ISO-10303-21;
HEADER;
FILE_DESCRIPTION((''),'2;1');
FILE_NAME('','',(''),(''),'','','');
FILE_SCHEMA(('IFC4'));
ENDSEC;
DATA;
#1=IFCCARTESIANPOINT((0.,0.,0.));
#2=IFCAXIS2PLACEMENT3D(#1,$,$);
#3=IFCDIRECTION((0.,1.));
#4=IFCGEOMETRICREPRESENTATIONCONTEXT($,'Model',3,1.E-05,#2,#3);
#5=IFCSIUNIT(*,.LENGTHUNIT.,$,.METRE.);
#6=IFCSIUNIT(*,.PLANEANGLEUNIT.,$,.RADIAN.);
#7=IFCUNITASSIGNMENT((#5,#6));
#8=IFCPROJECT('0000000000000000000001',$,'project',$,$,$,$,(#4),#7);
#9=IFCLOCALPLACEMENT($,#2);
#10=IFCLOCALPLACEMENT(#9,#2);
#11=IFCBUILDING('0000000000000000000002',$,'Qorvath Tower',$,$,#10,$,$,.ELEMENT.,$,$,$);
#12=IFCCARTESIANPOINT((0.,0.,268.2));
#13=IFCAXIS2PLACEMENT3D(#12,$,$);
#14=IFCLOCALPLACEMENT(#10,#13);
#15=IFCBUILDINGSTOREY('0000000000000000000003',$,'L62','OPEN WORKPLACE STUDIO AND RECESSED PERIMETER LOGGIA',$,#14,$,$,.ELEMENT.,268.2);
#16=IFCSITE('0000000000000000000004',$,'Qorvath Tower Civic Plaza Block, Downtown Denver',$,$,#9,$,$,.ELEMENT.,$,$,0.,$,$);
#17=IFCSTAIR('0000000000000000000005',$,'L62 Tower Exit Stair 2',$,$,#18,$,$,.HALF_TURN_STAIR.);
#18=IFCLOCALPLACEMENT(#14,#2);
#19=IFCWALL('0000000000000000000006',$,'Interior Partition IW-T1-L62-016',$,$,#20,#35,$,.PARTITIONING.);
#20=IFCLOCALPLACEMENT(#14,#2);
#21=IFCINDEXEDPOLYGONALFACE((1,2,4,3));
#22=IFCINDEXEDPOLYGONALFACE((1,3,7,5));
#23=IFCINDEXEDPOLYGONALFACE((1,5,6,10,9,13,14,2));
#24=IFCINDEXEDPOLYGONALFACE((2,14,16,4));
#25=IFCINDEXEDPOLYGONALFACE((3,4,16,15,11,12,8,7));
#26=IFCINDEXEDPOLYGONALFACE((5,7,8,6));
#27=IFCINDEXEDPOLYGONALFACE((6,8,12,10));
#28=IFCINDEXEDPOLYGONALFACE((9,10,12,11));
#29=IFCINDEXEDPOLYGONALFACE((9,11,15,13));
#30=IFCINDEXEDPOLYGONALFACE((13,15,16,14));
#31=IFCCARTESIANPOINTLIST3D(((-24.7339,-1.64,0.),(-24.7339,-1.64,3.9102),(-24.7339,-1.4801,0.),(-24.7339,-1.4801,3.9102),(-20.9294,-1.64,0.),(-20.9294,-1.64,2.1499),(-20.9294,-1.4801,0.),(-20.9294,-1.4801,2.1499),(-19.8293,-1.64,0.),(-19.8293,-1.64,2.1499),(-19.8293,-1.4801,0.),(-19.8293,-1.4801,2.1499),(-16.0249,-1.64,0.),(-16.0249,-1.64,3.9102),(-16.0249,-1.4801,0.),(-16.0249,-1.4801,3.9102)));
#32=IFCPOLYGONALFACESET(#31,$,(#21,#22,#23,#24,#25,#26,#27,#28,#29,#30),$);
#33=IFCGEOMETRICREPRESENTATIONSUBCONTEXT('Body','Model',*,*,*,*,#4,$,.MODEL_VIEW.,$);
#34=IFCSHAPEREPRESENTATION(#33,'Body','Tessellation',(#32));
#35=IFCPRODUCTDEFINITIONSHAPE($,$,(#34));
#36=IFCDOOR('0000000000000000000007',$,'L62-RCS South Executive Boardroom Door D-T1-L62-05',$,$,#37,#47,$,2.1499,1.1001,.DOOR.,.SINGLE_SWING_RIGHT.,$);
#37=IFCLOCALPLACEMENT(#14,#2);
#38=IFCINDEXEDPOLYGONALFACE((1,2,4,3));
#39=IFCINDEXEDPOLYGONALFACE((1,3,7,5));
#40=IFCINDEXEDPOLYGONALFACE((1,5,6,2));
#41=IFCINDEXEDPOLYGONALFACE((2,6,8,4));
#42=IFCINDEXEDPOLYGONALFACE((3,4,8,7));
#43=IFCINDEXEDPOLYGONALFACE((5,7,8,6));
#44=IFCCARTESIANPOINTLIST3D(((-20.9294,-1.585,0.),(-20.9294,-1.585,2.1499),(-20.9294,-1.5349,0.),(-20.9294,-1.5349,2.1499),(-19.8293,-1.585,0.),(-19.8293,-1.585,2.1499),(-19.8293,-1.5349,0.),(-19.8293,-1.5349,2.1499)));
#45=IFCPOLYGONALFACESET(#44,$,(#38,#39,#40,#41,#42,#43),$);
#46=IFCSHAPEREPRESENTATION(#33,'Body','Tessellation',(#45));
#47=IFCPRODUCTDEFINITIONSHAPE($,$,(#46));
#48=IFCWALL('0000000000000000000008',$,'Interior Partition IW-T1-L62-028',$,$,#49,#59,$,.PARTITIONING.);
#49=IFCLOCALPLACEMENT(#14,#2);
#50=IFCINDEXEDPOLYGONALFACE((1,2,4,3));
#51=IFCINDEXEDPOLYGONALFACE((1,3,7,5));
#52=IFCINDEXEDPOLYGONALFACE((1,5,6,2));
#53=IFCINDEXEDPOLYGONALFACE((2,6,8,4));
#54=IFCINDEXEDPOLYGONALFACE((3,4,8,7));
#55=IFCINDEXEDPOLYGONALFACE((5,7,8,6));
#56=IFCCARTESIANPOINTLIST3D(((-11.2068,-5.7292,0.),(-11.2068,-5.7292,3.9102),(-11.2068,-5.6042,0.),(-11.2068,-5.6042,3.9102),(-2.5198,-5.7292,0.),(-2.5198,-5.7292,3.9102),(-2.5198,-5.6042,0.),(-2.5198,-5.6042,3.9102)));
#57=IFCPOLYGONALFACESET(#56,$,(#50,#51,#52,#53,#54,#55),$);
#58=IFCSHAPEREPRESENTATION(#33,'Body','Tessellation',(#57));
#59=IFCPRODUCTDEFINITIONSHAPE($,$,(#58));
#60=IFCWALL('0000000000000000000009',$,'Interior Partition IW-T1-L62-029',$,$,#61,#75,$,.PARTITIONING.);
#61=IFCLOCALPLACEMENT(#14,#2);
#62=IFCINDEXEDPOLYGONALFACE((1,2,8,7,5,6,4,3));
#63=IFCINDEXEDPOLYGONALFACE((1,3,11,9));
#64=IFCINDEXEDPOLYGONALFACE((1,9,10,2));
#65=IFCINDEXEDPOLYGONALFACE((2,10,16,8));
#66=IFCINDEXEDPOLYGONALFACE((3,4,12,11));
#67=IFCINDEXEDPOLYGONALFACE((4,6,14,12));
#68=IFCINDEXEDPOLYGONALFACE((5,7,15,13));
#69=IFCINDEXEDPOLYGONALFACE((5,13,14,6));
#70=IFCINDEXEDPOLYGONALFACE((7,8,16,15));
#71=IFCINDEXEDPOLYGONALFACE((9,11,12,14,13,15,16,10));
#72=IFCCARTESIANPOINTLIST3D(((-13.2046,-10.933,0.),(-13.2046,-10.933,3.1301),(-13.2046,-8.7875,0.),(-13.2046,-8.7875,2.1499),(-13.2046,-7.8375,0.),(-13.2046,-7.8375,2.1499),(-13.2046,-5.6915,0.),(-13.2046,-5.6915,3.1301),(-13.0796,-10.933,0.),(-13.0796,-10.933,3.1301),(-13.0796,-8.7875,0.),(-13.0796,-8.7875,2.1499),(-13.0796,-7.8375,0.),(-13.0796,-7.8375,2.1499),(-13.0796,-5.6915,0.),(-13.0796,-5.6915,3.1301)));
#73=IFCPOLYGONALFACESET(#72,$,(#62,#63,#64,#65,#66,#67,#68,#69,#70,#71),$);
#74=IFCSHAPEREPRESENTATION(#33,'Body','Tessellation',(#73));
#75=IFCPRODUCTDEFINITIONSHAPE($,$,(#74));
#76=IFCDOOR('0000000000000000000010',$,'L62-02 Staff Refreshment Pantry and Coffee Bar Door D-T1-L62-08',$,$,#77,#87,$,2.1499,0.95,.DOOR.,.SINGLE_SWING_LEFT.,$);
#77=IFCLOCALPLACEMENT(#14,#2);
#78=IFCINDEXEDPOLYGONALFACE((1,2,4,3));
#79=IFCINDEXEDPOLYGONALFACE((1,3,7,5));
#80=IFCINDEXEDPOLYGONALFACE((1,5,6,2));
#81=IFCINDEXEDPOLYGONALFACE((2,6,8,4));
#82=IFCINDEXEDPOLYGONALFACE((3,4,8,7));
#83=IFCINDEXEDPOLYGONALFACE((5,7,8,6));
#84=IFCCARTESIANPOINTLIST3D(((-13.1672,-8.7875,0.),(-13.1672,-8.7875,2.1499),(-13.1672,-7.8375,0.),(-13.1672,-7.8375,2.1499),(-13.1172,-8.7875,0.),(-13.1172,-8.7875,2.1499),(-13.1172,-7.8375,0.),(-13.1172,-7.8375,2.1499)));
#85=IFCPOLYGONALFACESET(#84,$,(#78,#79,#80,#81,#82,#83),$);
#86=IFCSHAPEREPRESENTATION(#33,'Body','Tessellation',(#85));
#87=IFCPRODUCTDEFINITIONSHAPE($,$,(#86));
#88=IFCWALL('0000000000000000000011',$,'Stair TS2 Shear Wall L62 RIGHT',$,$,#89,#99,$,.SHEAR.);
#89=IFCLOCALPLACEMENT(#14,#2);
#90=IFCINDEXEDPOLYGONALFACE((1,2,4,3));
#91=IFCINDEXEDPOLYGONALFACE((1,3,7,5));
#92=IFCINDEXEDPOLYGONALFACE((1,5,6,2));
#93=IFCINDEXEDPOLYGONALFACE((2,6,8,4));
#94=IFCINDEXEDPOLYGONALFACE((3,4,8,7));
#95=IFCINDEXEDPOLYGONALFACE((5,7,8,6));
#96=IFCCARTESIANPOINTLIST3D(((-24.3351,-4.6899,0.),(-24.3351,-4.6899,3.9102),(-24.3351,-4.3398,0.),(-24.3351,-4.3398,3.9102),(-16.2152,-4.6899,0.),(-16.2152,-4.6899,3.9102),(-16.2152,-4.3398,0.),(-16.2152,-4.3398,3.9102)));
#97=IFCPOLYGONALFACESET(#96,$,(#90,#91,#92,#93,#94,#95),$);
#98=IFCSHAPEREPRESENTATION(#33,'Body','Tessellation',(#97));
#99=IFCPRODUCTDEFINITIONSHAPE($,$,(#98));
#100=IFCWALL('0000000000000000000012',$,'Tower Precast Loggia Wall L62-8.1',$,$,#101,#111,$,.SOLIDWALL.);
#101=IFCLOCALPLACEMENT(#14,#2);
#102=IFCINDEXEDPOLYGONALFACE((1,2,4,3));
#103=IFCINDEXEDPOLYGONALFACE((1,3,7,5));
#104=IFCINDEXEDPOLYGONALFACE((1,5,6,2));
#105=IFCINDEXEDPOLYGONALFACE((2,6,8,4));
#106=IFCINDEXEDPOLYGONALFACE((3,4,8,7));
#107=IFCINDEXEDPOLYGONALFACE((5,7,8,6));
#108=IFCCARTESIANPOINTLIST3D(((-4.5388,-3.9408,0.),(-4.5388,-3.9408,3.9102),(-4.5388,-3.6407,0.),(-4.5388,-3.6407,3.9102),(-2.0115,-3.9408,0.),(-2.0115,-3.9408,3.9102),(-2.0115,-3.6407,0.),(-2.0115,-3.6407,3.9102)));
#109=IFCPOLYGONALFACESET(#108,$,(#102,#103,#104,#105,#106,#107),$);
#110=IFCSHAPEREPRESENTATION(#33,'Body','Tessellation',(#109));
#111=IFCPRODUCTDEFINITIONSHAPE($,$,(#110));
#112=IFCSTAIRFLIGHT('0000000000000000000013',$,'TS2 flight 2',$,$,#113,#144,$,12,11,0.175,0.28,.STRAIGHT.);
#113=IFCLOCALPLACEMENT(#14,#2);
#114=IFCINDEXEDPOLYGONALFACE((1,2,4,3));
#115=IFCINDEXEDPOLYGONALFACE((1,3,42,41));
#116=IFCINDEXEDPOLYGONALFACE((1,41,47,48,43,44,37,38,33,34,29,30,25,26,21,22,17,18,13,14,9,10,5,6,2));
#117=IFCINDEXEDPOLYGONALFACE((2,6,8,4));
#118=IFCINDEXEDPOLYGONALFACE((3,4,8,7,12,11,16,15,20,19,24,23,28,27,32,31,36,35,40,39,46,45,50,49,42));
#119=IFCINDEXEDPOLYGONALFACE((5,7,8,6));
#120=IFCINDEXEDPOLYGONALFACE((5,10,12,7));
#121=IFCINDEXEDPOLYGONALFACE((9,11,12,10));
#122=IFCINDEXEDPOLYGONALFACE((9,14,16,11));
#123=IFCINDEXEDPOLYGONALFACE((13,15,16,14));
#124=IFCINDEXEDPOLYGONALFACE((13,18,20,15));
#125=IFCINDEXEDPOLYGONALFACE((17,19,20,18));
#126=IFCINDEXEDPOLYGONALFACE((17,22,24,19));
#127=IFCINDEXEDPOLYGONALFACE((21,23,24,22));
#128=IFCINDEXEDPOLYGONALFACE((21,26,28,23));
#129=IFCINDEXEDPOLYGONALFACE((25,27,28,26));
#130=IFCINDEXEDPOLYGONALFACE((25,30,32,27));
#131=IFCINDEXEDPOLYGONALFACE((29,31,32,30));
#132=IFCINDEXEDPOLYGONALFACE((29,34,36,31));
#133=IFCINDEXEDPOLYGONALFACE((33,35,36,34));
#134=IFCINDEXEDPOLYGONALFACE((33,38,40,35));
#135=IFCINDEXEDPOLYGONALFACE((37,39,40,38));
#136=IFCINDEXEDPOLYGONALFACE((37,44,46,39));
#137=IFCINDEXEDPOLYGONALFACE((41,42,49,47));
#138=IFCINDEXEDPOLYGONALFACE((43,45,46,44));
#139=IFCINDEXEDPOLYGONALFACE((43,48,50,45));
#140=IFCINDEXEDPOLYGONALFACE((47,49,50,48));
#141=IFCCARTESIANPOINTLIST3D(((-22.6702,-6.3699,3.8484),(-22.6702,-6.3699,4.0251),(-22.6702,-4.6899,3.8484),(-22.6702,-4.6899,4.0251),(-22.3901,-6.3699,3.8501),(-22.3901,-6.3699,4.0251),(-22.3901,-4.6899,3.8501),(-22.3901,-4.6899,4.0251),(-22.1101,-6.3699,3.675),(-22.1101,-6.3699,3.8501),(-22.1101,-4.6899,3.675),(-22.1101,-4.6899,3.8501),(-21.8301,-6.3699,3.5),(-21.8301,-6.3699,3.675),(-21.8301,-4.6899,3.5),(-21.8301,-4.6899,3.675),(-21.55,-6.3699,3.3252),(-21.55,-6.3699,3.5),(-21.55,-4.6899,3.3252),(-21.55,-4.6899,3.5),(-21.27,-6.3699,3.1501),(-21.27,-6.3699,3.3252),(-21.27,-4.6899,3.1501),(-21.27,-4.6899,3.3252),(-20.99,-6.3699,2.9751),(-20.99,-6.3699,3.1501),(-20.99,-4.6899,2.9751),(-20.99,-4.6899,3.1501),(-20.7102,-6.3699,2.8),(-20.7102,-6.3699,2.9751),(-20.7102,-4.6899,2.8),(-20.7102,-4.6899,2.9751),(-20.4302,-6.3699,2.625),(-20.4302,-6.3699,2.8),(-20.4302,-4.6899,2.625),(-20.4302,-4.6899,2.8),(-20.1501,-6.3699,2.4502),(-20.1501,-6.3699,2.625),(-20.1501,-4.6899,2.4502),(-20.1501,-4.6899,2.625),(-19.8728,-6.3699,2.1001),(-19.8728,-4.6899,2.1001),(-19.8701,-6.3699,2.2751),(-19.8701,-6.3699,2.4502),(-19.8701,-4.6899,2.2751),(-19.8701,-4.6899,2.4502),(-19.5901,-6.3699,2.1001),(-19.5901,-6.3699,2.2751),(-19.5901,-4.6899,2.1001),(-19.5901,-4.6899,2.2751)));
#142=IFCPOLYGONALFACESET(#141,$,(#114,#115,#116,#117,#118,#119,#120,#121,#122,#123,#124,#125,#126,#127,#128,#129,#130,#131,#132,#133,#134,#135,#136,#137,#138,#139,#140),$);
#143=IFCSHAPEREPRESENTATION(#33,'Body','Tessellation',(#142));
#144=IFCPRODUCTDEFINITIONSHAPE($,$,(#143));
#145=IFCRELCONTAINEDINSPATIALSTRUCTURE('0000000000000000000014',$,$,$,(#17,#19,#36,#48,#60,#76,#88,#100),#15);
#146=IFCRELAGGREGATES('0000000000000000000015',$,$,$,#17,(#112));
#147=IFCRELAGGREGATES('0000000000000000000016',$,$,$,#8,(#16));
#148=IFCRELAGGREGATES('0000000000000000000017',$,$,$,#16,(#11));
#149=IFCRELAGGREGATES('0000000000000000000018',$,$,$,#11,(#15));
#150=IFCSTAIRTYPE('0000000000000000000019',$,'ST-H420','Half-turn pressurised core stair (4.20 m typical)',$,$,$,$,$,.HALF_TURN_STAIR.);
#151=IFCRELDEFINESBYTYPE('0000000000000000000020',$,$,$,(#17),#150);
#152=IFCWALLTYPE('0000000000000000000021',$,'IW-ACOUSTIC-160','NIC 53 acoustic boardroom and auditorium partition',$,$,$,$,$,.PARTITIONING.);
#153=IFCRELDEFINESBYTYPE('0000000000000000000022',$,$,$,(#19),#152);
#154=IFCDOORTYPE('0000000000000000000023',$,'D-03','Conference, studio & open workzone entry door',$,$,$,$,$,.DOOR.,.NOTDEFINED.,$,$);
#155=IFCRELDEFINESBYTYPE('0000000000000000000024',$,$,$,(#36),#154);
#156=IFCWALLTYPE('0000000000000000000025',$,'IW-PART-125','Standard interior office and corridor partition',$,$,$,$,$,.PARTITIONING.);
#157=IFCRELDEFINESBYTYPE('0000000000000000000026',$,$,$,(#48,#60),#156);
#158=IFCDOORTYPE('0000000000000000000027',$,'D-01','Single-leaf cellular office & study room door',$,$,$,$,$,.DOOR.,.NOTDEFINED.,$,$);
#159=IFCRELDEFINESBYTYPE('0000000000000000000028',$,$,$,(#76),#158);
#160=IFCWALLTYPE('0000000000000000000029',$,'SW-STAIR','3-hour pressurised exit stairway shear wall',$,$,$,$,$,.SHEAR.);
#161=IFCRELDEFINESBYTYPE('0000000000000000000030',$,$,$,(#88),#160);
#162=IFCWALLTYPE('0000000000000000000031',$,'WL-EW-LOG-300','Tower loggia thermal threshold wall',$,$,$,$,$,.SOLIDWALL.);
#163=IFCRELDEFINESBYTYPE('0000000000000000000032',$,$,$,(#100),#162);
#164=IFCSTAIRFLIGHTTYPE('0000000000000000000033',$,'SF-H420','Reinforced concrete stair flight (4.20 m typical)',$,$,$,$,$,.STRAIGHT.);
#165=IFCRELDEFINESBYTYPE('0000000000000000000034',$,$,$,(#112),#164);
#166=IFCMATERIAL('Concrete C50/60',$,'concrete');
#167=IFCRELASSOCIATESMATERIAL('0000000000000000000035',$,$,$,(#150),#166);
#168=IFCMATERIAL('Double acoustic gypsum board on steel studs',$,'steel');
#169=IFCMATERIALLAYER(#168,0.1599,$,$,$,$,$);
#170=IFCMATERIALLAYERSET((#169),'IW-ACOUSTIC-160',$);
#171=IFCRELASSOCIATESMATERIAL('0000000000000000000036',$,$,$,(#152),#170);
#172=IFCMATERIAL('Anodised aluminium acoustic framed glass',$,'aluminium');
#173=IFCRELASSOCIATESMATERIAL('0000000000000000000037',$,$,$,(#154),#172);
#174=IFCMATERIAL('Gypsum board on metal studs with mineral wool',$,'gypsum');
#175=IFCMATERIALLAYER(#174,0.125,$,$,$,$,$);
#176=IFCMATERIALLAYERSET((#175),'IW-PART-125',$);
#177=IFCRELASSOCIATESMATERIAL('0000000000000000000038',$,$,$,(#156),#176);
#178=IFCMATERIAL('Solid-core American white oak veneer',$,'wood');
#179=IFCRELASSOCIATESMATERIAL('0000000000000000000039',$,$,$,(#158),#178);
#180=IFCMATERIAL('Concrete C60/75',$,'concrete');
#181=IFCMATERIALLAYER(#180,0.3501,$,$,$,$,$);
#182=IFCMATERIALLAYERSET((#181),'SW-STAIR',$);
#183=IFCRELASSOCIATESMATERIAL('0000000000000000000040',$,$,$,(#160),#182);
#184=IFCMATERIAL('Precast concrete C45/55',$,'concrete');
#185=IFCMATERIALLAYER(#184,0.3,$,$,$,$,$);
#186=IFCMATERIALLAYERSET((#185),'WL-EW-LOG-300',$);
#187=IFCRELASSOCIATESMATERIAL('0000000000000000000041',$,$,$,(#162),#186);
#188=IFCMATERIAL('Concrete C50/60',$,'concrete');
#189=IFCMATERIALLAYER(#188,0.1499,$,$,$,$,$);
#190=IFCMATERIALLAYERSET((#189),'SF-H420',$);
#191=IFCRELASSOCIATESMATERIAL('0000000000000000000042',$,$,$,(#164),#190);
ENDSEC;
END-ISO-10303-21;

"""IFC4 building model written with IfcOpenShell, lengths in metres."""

from ifc_helpers import new_model, si_unit, direction, frame, frame_2d, origin, place, context, subcontext, project, spatial, polyline, rectangle, outline, extrude, material, layer, layer_set, type_object, element, fill, aggregate, save


model = new_model("IFC4")

# Units and contexts
model_context = context("Model", 3, precision=1e-05, world=origin(), true_north=direction((0.0, 1.0)))
body_context = subcontext(model_context, "Body", "Model", "MODEL_VIEW")
ifc_project = project(units=[si_unit("LENGTHUNIT", "METRE"), si_unit("PLANEANGLEUNIT", "RADIAN")], contexts=[model_context])

# Site, building, storey
site_placement = place(None, origin())
site = spatial("IfcSite", under=ifc_project, at=site_placement, Name="Qorvath Tower Civic Plaza Block, Downtown Denver", CompositionType="ELEMENT", RefElevation=0.0)
building_placement = place(site_placement, origin())
building = spatial("IfcBuilding", under=site, at=building_placement, Name="Qorvath Tower", CompositionType="ELEMENT")
storey_placement = place(building_placement, frame((0.0, 0.0, 268.2)))
storey = spatial("IfcBuildingStorey", under=building, at=storey_placement, Name="L62", Description="OPEN WORKPLACE STUDIO AND RECESSED PERIMETER LOGGIA", CompositionType="ELEMENT", Elevation=268.2)

# Stair
ifc_material_1 = material(Name="Concrete C50/60", Category="concrete")
stair_type = type_object("IfcStairType", Name="ST-H420", Description="Half-turn pressurised core stair (4.20 m typical)", PredefinedType="HALF_TURN_STAIR", material=ifc_material_1)
stair_1_placement = place(storey_placement, origin())
stair_1 = element("IfcStair", 1, at=stair_1_placement, inside=storey, type_object=stair_type, Name="L62 Tower Exit Stair 2", PredefinedType="HALF_TURN_STAIR")

# Shared definitions
ifc_material_2 = material(Name="Double acoustic gypsum board on steel studs", Category="steel")
ifc_layer_1 = layer(ifc_material_2, 0.1599)
ifc_layer_set_1 = layer_set([ifc_layer_1], Name="IW-ACOUSTIC-160")
wall_type_1 = type_object("IfcWallType", Name="IW-ACOUSTIC-160", Description="NIC 53 acoustic boardroom and auditorium partition", PredefinedType="PARTITIONING", material=ifc_layer_set_1)

# Wall, opening, door
wall_1_placement = place(storey_placement, frame((-16.0249, -1.5601, 0.0), z_axis=(0.0, 0.0, 1.0), x_axis=(-1.0, 0.0, 0.0)))
wall_1 = element("IfcWall", 2, at=wall_1_placement, inside=storey, type_object=wall_type_1, Name="Interior Partition IW-T1-L62-016", PredefinedType="PARTITIONING", context=body_context, shape_type="SweptSolid", body=[
    extrude(rectangle(XDim=8.709, YDim=0.1599, at=frame_2d((4.3545, 0.0))), origin(), (0.0, 0.0, 1.0), 3.9102),
])
opening_1_placement = place(wall_1_placement, frame((3.8044, 0.0, 0.0)))
opening_1 = element("IfcOpeningElement", 3, at=opening_1_placement, cuts=wall_1, PredefinedType="OPENING", context=body_context, shape_type="SweptSolid", body=[
    extrude(rectangle(XDim=1.1001, YDim=2.1499, at=frame_2d((0.55, 1.075))), frame((0.0, 0.0898, 0.0), z_axis=(0.0, -1.0, 0.0), x_axis=(1.0, 0.0, 0.0)), (0.0, 0.0, 1.0), 0.1799),
])
ifc_material_3 = material(Name="Anodised aluminium acoustic framed glass", Category="aluminium")
door_type_1 = type_object("IfcDoorType", Name="D-03", Description="Conference, studio & open workzone entry door", OperationType="NOTDEFINED", PredefinedType="DOOR", material=ifc_material_3)
door_1_placement = place(opening_1_placement, origin())
door_1 = element("IfcDoor", 4, at=door_1_placement, inside=storey, type_object=door_type_1, Name="L62-RCS South Executive Boardroom Door D-T1-L62-05", OperationType="SINGLE_SWING_RIGHT", OverallHeight=2.1499, OverallWidth=1.1001, PredefinedType="DOOR", context=body_context, shape_type="SweptSolid", body=[
    extrude(rectangle(XDim=1.1001, YDim=2.1499, at=frame_2d((0.55, 1.075))), frame((0.0, 0.0249, 0.0), z_axis=(0.0, -1.0, 0.0), x_axis=(1.0, 0.0, 0.0)), (0.0, 0.0, 1.0), 0.05),
])
fill(opening_1, door_1)

# Wall
ifc_material_4 = material(Name="Gypsum board on metal studs with mineral wool", Category="gypsum")
ifc_layer_2 = layer(ifc_material_4, 0.125)
ifc_layer_set_2 = layer_set([ifc_layer_2], Name="IW-PART-125")
wall_type_2 = type_object("IfcWallType", Name="IW-PART-125", Description="Standard interior office and corridor partition", PredefinedType="PARTITIONING", material=ifc_layer_set_2)
wall_2_placement = place(storey_placement, frame((-2.5198, -5.6667, 0.0), z_axis=(0.0, 0.0, 1.0), x_axis=(-1.0, 0.0, 0.0)))
element("IfcWall", 5, at=wall_2_placement, inside=storey, type_object=wall_type_2, Name="Interior Partition IW-T1-L62-028", PredefinedType="PARTITIONING", context=body_context, shape_type="SweptSolid", body=[
    extrude(rectangle(XDim=8.687, YDim=0.125, at=frame_2d((4.3435, 0.0))), origin(), (0.0, 0.0, 1.0), 3.9102),
])

# Wall, opening, door
wall_3_placement = place(storey_placement, frame((-13.1421, -5.6917, 0.0), z_axis=(0.0, 0.0, 1.0), x_axis=(0.0, -1.0, 0.0)))
wall_3 = element("IfcWall", 6, at=wall_3_placement, inside=storey, type_object=wall_type_2, Name="Interior Partition IW-T1-L62-029", PredefinedType="PARTITIONING", context=body_context, shape_type="SweptSolid", body=[
    extrude(rectangle(XDim=5.2415, YDim=0.125, at=frame_2d((2.6206, 0.0))), origin(), (0.0, 0.0, 1.0), 3.1301),
])
opening_2_placement = place(wall_3_placement, frame((2.1458, 0.0, 0.0)))
opening_2 = element("IfcOpeningElement", 7, at=opening_2_placement, cuts=wall_3, PredefinedType="OPENING", context=body_context, shape_type="SweptSolid", body=[
    extrude(rectangle(XDim=0.95, YDim=2.1499, at=frame_2d((0.4751, 1.075))), frame((0.0, 0.0725, 0.0), z_axis=(0.0, -1.0, 0.0), x_axis=(1.0, 0.0, 0.0)), (0.0, 0.0, 1.0), 0.145),
])
ifc_material_5 = material(Name="Solid-core American white oak veneer", Category="wood")
door_type_2 = type_object("IfcDoorType", Name="D-01", Description="Single-leaf cellular office & study room door", OperationType="NOTDEFINED", PredefinedType="DOOR", material=ifc_material_5)
door_2_placement = place(opening_2_placement, origin())
door_2 = element("IfcDoor", 8, at=door_2_placement, inside=storey, type_object=door_type_2, Name="L62-02 Staff Refreshment Pantry and Coffee Bar Door D-T1-L62-08", OperationType="SINGLE_SWING_LEFT", OverallHeight=2.1499, OverallWidth=0.95, PredefinedType="DOOR", context=body_context, shape_type="SweptSolid", body=[
    extrude(rectangle(XDim=0.95, YDim=2.1499, at=frame_2d((0.4751, 1.075))), frame((0.0, 0.0249, 0.0), z_axis=(0.0, -1.0, 0.0), x_axis=(1.0, 0.0, 0.0)), (0.0, 0.0, 1.0), 0.05),
])
fill(opening_2, door_2)

# Walls
ifc_material_6 = material(Name="Concrete C60/75", Category="concrete")
ifc_layer_3 = layer(ifc_material_6, 0.3501)
ifc_layer_set_3 = layer_set([ifc_layer_3], Name="SW-STAIR")
wall_type_3 = type_object("IfcWallType", Name="SW-STAIR", Description="3-hour pressurised exit stairway shear wall", PredefinedType="SHEAR", material=ifc_layer_set_3)
wall_4_placement = place(storey_placement, frame((-16.2151, -4.5149, 0.0), z_axis=(0.0, 0.0, 1.0), x_axis=(-1.0, 0.0, 0.0)))
element("IfcWall", 9, at=wall_4_placement, inside=storey, type_object=wall_type_3, Name="Stair TS2 Shear Wall L62 RIGHT", PredefinedType="SHEAR", context=body_context, shape_type="SweptSolid", body=[
    extrude(rectangle(XDim=8.1199, YDim=0.3501, at=frame_2d((4.0601, 0.0))), origin(), (0.0, 0.0, 1.0), 3.9102),
])
ifc_material_7 = material(Name="Precast concrete C45/55", Category="concrete")
ifc_layer_4 = layer(ifc_material_7, 0.3)
ifc_layer_set_4 = layer_set([ifc_layer_4], Name="WL-EW-LOG-300")
wall_type_4 = type_object("IfcWallType", Name="WL-EW-LOG-300", Description="Tower loggia thermal threshold wall", PredefinedType="SOLIDWALL", material=ifc_layer_set_4)
wall_5_placement = place(storey_placement, frame((-2.0115, -3.7908, 0.0), z_axis=(0.0, 0.0, 1.0), x_axis=(-1.0, 0.0, 0.0)))
element("IfcWall", 10, at=wall_5_placement, inside=storey, type_object=wall_type_4, Name="Tower Precast Loggia Wall L62-8.1", PredefinedType="SOLIDWALL", context=body_context, shape_type="SweptSolid", body=[
    extrude(rectangle(XDim=2.5273, YDim=0.3, at=frame_2d((1.2637, 0.0))), origin(), (0.0, 0.0, 1.0), 3.9102),
])

# Stair flight
ifc_material_8 = material(Name="Concrete C50/60", Category="concrete")
ifc_layer_5 = layer(ifc_material_8, 0.1499)
ifc_layer_set_5 = layer_set([ifc_layer_5], Name="SF-H420")
stair_flight_type = type_object("IfcStairFlightType", Name="SF-H420", Description="Reinforced concrete stair flight (4.20 m typical)", PredefinedType="STRAIGHT", material=ifc_layer_set_5)
stair_flight_placement = place(storey_placement, frame((-19.5901, -5.53, 2.1001), z_axis=(0.0, 0.0, 1.0), x_axis=(-1.0, 0.0, 0.0)))
stair_flight = element("IfcStairFlight", 11, at=stair_flight_placement, type_object=stair_flight_type, Name="TS2 flight 2", NumberOfRisers=12, NumberOfTreads=11, PredefinedType="STRAIGHT", RiserHeight=0.175, TreadLength=0.28, context=body_context, shape_type="SweptSolid", body=[
    extrude(outline(polyline([(0.0, 0.0), (0.0, 0.175), (0.28, 0.175), (0.28, 0.3501), (0.5601, 0.3501), (0.5601, 0.5249), (0.8401, 0.5249), (0.8401, 0.7), (1.1201, 0.7), (1.1201, 0.875), (1.3999, 0.875), (1.3999, 1.05), (1.6799, 1.05), (1.6799, 1.2251), (1.96, 1.2251), (1.96, 1.3999), (2.24, 1.3999), (2.24, 1.575), (2.52, 1.575), (2.52, 1.75), (2.8, 1.75), (2.8, 1.925), (3.0801, 1.925), (3.0801, 2.1001), (3.0801, 1.7483), (0.2827, 0.0), (0.0, 0.0)])), frame((0.0, 0.8398, 0.0), z_axis=(0.0, -1.0, 0.0), x_axis=(1.0, 0.0, 0.0)), (0.0, 0.0, 1.0), 1.6799),
])
aggregate(stair_1, [stair_flight])

save(model, "model.ifc")
